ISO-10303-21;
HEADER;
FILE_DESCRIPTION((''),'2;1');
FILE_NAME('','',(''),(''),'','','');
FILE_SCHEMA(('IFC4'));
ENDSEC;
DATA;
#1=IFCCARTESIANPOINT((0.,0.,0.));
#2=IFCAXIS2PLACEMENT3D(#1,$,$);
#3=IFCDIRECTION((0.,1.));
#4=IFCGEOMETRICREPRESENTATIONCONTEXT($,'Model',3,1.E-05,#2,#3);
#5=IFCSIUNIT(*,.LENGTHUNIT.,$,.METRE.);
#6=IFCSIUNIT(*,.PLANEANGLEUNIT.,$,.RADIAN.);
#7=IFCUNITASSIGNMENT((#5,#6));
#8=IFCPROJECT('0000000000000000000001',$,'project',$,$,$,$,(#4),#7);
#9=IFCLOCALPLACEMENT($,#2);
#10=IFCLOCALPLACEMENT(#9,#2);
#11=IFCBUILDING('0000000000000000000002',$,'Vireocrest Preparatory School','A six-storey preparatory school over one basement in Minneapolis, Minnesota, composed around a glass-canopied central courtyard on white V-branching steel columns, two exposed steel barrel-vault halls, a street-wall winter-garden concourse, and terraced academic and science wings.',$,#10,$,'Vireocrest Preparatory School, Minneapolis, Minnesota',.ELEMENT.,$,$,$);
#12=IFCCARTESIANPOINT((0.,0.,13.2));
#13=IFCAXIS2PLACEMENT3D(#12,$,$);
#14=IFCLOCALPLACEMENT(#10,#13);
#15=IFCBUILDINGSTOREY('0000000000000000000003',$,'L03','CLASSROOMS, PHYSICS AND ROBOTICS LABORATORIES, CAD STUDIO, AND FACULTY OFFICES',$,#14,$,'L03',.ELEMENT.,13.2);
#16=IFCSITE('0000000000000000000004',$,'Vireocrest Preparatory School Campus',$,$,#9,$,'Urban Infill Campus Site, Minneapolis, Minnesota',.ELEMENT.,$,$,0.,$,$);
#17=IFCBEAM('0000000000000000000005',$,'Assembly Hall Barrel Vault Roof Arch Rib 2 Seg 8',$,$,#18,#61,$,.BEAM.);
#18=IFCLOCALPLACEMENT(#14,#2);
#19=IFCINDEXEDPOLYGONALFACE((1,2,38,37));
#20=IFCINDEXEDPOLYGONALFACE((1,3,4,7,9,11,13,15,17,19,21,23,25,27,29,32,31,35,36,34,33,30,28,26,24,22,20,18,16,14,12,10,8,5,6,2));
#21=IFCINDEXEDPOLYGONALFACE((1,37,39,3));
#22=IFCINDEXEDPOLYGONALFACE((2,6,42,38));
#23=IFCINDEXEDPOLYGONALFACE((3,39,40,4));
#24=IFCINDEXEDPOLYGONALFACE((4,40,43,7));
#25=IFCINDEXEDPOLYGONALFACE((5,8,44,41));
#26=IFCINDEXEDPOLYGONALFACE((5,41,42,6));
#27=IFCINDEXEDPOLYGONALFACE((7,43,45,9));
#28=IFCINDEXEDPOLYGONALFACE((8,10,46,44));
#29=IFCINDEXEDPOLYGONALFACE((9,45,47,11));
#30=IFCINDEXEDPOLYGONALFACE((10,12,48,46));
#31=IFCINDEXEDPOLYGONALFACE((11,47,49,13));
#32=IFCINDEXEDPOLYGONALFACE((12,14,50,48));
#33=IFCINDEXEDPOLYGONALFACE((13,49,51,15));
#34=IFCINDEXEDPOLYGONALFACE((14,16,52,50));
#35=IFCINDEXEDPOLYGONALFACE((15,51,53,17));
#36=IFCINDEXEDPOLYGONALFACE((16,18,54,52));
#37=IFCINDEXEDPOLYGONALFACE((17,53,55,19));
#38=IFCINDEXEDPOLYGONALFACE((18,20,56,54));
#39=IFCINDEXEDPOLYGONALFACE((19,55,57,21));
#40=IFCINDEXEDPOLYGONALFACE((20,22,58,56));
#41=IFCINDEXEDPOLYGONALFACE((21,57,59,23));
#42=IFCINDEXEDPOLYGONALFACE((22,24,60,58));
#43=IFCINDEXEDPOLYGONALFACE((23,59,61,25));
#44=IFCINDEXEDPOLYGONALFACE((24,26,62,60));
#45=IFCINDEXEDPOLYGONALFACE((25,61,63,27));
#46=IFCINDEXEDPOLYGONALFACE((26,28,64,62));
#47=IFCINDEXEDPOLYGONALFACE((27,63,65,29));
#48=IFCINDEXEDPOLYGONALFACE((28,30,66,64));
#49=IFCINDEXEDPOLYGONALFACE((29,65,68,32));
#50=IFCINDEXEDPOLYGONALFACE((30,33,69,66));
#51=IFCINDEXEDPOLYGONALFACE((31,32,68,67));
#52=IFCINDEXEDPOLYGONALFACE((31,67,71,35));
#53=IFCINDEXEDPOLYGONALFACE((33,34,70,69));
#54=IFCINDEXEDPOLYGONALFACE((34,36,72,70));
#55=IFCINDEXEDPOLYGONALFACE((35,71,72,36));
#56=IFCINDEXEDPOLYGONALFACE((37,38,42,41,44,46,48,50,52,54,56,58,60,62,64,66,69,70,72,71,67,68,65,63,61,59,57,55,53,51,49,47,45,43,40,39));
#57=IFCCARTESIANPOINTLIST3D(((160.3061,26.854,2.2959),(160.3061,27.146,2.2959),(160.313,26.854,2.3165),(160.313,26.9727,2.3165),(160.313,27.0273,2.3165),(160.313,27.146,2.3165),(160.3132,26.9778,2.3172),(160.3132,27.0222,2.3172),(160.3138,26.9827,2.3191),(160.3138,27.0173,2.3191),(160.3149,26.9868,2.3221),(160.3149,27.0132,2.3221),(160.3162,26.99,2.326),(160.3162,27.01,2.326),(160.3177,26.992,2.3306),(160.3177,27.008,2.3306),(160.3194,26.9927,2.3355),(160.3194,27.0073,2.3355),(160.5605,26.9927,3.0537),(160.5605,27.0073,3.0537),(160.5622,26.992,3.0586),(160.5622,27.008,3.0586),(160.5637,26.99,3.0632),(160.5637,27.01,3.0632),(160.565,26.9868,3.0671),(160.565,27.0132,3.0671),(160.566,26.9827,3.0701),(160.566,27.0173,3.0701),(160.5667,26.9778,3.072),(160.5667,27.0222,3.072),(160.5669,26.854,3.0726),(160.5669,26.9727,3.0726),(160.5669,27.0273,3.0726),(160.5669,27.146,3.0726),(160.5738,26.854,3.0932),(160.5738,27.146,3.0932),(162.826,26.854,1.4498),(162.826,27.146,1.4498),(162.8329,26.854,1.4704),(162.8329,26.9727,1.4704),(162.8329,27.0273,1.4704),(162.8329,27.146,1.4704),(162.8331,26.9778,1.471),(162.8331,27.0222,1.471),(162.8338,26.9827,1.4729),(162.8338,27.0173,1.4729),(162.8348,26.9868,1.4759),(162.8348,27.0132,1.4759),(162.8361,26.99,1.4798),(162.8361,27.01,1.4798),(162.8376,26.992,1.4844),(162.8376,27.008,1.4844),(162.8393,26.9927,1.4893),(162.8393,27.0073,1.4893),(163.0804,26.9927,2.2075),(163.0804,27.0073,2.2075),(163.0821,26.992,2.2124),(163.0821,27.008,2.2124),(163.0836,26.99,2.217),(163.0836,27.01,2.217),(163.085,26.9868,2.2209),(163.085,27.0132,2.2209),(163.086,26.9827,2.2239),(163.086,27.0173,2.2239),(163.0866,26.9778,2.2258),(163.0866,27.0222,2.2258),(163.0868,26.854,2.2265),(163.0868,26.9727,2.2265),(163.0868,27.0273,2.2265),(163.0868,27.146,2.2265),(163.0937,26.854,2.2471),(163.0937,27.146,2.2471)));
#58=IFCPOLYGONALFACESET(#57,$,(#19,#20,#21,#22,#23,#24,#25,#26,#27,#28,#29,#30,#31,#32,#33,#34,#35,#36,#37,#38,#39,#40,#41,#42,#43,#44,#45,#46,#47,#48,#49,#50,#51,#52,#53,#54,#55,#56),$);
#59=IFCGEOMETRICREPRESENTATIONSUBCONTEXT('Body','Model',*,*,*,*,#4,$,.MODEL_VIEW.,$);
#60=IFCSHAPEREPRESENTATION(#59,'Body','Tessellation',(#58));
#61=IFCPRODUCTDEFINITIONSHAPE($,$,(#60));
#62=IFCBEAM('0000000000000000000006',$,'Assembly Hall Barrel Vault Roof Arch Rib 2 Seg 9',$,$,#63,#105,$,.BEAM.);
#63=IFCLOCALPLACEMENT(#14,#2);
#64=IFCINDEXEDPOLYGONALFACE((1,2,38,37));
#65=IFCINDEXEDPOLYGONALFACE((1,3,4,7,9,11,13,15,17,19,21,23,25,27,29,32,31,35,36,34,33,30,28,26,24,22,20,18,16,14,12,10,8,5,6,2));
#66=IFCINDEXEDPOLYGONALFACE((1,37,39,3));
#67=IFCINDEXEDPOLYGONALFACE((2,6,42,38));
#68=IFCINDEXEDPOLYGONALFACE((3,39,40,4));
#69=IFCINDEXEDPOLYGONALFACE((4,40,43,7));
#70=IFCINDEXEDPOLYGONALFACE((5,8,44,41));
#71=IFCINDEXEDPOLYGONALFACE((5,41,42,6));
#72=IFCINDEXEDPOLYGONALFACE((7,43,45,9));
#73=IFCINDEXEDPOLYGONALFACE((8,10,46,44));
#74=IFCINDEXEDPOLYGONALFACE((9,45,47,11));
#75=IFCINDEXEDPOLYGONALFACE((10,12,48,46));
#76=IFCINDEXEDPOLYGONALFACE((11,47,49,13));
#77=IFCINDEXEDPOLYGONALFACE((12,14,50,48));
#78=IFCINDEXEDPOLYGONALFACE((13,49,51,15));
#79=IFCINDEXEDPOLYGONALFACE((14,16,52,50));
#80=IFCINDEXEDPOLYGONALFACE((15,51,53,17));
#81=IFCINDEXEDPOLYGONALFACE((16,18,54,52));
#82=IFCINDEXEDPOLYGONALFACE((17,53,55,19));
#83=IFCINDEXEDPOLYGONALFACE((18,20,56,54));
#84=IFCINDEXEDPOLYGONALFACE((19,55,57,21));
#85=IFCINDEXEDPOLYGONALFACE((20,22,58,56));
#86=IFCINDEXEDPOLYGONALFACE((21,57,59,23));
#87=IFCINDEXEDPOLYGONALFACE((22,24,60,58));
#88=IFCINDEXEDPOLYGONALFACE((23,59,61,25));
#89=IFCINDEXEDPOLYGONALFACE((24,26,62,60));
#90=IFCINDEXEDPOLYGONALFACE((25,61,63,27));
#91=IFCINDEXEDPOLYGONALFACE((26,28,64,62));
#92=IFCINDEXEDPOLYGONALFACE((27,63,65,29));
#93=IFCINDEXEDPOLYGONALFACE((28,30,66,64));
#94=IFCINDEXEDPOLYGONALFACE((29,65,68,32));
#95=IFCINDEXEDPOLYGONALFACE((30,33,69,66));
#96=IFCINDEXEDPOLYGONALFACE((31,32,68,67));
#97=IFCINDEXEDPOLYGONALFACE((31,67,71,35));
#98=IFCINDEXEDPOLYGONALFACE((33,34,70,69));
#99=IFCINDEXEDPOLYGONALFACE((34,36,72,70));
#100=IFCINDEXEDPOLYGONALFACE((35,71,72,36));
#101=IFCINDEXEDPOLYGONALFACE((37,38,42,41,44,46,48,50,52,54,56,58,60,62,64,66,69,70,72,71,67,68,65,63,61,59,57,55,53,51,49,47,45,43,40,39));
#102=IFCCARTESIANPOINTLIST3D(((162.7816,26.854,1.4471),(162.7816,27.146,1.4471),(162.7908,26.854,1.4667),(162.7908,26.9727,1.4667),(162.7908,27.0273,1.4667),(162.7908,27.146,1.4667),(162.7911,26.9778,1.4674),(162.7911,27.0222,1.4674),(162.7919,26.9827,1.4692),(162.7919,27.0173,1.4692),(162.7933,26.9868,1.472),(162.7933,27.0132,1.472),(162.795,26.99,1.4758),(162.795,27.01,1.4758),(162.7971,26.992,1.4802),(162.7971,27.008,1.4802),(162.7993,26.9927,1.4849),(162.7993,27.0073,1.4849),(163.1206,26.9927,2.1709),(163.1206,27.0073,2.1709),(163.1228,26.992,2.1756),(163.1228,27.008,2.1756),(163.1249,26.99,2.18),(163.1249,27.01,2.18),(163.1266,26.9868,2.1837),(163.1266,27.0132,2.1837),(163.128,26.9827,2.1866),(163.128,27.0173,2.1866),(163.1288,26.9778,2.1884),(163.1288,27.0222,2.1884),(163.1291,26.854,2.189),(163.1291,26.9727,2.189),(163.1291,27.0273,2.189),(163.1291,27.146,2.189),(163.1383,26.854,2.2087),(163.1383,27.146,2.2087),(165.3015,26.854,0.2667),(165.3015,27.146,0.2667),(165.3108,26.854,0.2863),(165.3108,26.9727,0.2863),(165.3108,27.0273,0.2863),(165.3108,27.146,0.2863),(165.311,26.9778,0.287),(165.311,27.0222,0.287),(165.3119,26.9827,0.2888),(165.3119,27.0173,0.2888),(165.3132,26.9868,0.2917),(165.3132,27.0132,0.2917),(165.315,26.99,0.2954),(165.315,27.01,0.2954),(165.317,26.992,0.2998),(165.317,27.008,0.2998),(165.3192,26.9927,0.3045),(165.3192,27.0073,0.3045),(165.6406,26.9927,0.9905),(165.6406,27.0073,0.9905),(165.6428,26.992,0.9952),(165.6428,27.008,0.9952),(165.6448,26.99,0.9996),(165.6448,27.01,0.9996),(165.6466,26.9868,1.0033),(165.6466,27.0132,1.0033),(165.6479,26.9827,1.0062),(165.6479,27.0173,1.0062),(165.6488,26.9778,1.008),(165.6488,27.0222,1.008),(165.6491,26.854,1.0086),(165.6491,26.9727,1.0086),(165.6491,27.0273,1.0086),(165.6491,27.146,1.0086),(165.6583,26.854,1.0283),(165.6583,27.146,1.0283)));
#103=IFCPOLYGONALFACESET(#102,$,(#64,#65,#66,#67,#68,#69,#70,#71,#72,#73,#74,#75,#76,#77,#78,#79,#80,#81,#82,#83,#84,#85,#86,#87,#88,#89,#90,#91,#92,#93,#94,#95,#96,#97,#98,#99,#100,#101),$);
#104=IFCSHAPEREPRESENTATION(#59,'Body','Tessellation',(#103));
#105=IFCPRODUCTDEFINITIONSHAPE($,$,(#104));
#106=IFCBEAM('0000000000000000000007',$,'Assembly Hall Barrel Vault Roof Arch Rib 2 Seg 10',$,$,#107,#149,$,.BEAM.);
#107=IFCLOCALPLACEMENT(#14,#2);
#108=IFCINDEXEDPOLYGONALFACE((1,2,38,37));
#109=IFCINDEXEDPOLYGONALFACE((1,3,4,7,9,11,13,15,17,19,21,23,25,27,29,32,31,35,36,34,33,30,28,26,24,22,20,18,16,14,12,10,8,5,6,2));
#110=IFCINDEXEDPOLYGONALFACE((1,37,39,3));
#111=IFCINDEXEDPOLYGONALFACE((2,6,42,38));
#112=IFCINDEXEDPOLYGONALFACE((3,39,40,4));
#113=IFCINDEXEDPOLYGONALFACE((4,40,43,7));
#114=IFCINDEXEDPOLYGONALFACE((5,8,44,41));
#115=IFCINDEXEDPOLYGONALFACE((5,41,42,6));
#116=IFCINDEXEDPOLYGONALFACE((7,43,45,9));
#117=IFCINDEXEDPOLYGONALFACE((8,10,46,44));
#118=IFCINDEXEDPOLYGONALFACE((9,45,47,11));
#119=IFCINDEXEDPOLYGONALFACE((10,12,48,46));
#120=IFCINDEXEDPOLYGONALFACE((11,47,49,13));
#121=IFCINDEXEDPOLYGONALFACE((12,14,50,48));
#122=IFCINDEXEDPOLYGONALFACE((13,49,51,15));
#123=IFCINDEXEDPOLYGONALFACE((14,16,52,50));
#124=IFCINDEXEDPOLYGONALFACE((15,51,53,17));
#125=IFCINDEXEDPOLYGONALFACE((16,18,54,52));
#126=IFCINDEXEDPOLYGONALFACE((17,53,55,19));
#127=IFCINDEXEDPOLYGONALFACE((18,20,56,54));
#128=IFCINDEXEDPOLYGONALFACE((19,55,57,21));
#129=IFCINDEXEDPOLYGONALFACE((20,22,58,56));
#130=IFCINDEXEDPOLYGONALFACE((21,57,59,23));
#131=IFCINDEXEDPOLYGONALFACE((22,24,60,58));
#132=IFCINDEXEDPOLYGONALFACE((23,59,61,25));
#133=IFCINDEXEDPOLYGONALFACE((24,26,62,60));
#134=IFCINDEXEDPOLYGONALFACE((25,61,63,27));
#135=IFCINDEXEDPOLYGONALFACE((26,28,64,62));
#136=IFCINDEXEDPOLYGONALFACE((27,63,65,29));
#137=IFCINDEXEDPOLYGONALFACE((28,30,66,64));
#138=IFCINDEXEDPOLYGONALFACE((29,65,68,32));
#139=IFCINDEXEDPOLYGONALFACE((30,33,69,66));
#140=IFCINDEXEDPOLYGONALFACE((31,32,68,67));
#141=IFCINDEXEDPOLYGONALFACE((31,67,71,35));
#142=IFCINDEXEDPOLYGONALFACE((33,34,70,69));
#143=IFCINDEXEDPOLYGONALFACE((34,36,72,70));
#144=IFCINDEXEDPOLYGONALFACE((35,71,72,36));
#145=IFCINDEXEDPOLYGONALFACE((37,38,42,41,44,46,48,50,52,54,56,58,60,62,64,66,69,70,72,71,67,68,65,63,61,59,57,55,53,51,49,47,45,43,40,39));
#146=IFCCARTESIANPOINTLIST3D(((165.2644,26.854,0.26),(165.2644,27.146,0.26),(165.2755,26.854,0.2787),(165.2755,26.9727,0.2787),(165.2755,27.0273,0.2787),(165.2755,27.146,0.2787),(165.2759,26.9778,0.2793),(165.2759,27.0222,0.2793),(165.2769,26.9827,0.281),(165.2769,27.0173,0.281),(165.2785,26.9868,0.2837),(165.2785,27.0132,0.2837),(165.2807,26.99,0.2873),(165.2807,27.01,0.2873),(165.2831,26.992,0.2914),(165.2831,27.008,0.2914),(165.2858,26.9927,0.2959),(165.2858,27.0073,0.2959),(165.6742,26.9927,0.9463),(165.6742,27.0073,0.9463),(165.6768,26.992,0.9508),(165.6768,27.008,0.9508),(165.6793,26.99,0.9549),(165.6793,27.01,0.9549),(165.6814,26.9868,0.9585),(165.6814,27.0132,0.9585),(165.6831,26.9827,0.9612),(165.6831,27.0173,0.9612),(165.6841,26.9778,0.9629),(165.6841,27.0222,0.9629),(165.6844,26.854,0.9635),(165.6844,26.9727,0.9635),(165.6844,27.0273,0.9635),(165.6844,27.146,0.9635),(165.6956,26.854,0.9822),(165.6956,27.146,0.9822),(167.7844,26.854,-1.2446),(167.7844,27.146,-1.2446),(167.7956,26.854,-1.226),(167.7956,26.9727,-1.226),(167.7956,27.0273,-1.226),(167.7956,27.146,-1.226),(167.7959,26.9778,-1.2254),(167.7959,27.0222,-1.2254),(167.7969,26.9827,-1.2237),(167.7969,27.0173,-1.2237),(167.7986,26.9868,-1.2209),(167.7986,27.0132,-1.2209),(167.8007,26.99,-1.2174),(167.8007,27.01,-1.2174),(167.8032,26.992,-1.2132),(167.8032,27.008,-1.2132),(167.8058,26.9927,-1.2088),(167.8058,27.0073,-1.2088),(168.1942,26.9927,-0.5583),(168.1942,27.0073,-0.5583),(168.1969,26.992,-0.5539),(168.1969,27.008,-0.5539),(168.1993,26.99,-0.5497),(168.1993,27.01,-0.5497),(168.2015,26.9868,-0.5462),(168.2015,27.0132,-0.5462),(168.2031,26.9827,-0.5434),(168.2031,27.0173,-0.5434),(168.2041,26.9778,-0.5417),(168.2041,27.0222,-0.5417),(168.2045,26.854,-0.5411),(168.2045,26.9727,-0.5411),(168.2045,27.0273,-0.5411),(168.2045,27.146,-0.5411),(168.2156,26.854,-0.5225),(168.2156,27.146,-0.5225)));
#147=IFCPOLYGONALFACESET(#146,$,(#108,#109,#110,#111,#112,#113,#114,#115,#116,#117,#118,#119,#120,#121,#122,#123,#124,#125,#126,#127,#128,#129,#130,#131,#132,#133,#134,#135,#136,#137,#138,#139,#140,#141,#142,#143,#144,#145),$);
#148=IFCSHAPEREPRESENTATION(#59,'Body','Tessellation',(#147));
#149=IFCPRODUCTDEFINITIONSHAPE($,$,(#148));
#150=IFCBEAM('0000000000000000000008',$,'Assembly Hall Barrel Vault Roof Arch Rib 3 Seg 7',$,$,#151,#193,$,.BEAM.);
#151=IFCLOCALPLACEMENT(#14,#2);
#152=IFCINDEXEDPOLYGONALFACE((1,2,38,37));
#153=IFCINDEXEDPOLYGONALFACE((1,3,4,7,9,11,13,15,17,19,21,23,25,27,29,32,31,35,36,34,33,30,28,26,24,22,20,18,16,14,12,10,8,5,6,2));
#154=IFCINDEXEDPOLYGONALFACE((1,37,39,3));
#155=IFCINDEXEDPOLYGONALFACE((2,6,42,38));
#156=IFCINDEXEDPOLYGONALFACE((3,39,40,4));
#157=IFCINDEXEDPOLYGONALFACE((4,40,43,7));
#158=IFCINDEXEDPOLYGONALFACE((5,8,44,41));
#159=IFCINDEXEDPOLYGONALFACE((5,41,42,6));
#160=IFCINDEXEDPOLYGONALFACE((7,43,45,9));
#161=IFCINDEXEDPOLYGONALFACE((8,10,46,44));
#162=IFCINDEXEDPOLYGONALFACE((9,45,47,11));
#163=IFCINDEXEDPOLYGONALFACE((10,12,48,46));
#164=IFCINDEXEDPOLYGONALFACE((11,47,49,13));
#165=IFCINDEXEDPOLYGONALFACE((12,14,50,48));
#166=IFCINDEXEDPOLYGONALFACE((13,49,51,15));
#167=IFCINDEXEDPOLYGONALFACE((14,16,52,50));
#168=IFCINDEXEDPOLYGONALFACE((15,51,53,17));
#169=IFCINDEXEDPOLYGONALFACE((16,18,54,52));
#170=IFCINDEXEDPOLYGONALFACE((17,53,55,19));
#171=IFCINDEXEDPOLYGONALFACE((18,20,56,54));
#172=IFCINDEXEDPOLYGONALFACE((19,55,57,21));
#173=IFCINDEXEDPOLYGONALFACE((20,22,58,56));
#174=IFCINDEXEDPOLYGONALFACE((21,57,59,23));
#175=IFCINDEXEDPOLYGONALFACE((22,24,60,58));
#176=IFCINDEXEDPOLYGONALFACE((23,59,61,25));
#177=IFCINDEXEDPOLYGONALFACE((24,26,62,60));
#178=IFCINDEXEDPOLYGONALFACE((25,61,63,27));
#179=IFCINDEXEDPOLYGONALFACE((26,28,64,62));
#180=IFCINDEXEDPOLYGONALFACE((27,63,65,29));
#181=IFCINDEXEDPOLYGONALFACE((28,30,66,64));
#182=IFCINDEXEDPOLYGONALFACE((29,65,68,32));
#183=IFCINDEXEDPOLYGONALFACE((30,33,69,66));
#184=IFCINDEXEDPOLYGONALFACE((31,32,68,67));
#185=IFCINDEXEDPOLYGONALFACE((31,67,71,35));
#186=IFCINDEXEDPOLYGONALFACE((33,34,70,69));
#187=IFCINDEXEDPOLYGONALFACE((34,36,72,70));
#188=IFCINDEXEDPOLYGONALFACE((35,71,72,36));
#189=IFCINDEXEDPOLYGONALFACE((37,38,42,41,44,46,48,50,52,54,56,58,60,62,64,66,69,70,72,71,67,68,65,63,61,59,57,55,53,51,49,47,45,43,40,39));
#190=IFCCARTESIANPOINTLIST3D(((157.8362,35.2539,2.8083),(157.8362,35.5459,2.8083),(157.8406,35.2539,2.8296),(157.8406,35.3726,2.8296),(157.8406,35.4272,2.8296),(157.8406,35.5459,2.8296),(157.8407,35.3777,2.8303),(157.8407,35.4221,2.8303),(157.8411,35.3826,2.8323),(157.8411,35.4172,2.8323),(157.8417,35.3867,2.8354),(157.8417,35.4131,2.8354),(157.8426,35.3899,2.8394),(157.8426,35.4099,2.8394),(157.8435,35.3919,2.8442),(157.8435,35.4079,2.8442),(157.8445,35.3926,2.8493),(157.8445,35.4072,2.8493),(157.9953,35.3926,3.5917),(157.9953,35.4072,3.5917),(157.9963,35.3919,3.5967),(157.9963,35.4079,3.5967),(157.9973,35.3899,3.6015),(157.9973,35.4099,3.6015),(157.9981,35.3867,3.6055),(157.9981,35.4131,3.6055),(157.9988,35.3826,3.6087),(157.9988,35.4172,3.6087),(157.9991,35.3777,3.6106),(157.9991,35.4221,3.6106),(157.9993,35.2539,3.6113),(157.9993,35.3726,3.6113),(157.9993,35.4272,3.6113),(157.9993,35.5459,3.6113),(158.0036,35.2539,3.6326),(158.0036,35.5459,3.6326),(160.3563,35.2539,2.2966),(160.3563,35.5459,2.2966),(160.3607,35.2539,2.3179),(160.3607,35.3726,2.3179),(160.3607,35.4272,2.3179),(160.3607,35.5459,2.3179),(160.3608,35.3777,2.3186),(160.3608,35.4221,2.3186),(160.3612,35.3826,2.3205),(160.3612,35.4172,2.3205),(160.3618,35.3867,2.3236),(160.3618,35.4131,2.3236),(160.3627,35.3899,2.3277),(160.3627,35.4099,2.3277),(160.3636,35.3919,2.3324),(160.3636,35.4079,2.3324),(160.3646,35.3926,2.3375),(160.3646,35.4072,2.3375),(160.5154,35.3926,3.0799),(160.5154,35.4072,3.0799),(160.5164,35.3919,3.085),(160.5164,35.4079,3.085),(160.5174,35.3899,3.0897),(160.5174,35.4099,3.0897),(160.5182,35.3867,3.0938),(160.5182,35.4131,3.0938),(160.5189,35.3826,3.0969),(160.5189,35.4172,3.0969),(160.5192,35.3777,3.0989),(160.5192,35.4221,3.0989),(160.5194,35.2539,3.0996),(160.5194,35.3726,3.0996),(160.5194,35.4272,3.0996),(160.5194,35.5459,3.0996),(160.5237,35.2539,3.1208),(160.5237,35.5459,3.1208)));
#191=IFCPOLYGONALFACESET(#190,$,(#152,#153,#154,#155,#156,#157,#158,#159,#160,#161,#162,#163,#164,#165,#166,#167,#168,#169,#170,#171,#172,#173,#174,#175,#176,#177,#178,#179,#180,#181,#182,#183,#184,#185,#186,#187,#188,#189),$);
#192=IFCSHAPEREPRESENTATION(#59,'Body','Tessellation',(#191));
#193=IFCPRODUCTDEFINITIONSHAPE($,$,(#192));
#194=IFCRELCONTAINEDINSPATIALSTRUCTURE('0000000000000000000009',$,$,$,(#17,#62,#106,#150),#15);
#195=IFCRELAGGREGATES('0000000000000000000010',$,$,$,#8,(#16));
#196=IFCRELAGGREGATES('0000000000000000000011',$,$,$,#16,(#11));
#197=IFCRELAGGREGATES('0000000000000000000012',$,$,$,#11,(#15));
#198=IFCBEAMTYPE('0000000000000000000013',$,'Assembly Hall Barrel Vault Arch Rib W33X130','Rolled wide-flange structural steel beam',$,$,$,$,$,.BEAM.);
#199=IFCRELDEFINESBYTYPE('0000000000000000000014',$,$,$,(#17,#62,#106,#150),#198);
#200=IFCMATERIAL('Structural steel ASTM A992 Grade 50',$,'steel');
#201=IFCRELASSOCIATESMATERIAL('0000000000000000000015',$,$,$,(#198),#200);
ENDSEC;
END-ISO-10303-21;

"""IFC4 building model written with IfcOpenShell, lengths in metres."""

from ifc_helpers import new_model, si_unit, direction, frame, origin, origin_2d, place, context, subcontext, project, spatial, i_section, extrude, material, material_profile, profile_set, type_object, element, save


model = new_model("IFC4")

# Units and contexts
model_context = context("Model", 3, precision=1e-05, world=origin(), true_north=direction((0.0, 1.0)))
body_context = subcontext(model_context, "Body", "Model", "MODEL_VIEW")
ifc_project = project(units=[si_unit("LENGTHUNIT", "METRE"), si_unit("PLANEANGLEUNIT", "RADIAN")], contexts=[model_context])

# Site, building, storey
site_placement = place(None, origin())
site = spatial("IfcSite", under=ifc_project, at=site_placement, Name="Vireocrest Preparatory School Campus", LongName="Urban Infill Campus Site, Minneapolis, Minnesota", CompositionType="ELEMENT", RefElevation=0.0)
building_placement = place(site_placement, origin())
building = spatial("IfcBuilding", under=site, at=building_placement, Name="Vireocrest Preparatory School", Description="A six-storey preparatory school over one basement in Minneapolis, Minnesota, composed around a glass-canopied central courtyard on white V-branching steel columns, two exposed steel barrel-vault halls, a street-wall winter-garden concourse, and terraced academic and science wings.", LongName="Vireocrest Preparatory School, Minneapolis, Minnesota", CompositionType="ELEMENT")
storey_placement = place(building_placement, frame((0.0, 0.0, 13.2)))
storey = spatial("IfcBuildingStorey", under=building, at=storey_placement, Name="L03", Description="CLASSROOMS, PHYSICS AND ROBOTICS LABORATORIES, CAD STUDIO, AND FACULTY OFFICES", LongName="L03", CompositionType="ELEMENT", Elevation=13.2)

# Beams
ifc_material_1 = material(Name="Structural steel ASTM A992 Grade 50", Category="steel")
ifc_material_profile_1 = material_profile(ifc_material_1, i_section(OverallWidth=0.292, OverallDepth=0.8411, WebThickness=0.0146, FlangeThickness=0.0217, FilletRadius=0.02, at=origin_2d()), Name="W33X130")
ifc_profile_set_1 = profile_set([ifc_material_profile_1], Name="Structural steel ASTM A992 Grade 50")
beam_type_1 = type_object("IfcBeamType", Name="Assembly Hall Barrel Vault Arch Rib W33X130", Description="Rolled wide-flange structural steel beam", PredefinedType="BEAM", material=ifc_profile_set_1)
beam_1_placement = place(storey_placement, frame((160.4399, 27.0, 2.6946), z_axis=(0.947983, 0.0, -0.318321), x_axis=(0.0, 1.0, 0.0)))
element("IfcBeam", 1, at=beam_1_placement, inside=storey, type_object=beam_type_1, Name="Assembly Hall Barrel Vault Roof Arch Rib 2 Seg 8", PredefinedType="BEAM", context=body_context, shape_type="SweptSolid", body=[
    extrude(i_section(OverallWidth=0.292, OverallDepth=0.8411, WebThickness=0.0146, FlangeThickness=0.0217, FilletRadius=0.02, at=origin_2d()), origin(), (0.0, 0.0, 1.0), 2.6582),
])
beam_2_placement = place(storey_placement, frame((162.96, 27.0, 1.8279), z_axis=(0.905575, 0.0, -0.424187), x_axis=(0.0, 1.0, 0.0)))
element("IfcBeam", 2, at=beam_2_placement, inside=storey, type_object=beam_type_1, Name="Assembly Hall Barrel Vault Roof Arch Rib 2 Seg 9", PredefinedType="BEAM", context=body_context, shape_type="SweptSolid", body=[
    extrude(i_section(OverallWidth=0.292, OverallDepth=0.8411, WebThickness=0.0146, FlangeThickness=0.0217, FilletRadius=0.02, at=origin_2d()), origin(), (0.0, 0.0, 1.0), 2.7827),
])
beam_3_placement = place(storey_placement, frame((165.48, 27.0, 0.6211), z_axis=(0.858599, 0.0, -0.512647), x_axis=(0.0, 1.0, 0.0)))
element("IfcBeam", 3, at=beam_3_placement, inside=storey, type_object=beam_type_1, Name="Assembly Hall Barrel Vault Roof Arch Rib 2 Seg 10", PredefinedType="BEAM", context=body_context, shape_type="SweptSolid", body=[
    extrude(i_section(OverallWidth=0.292, OverallDepth=0.8411, WebThickness=0.0146, FlangeThickness=0.0217, FilletRadius=0.02, at=origin_2d()), origin(), (0.0, 0.0, 1.0), 2.9351),
])
beam_4_placement = place(storey_placement, frame((157.9199, 35.3999, 3.2205), z_axis=(0.979999, 0.0, -0.199), x_axis=(0.0, 1.0, 0.0)))
element("IfcBeam", 4, at=beam_4_placement, inside=storey, type_object=beam_type_1, Name="Assembly Hall Barrel Vault Roof Arch Rib 3 Seg 7", PredefinedType="BEAM", context=body_context, shape_type="SweptSolid", body=[
    extrude(i_section(OverallWidth=0.292, OverallDepth=0.8411, WebThickness=0.0146, FlangeThickness=0.0217, FilletRadius=0.02, at=origin_2d()), origin(), (0.0, 0.0, 1.0), 2.5715),
])

save(model, "model.ifc")
